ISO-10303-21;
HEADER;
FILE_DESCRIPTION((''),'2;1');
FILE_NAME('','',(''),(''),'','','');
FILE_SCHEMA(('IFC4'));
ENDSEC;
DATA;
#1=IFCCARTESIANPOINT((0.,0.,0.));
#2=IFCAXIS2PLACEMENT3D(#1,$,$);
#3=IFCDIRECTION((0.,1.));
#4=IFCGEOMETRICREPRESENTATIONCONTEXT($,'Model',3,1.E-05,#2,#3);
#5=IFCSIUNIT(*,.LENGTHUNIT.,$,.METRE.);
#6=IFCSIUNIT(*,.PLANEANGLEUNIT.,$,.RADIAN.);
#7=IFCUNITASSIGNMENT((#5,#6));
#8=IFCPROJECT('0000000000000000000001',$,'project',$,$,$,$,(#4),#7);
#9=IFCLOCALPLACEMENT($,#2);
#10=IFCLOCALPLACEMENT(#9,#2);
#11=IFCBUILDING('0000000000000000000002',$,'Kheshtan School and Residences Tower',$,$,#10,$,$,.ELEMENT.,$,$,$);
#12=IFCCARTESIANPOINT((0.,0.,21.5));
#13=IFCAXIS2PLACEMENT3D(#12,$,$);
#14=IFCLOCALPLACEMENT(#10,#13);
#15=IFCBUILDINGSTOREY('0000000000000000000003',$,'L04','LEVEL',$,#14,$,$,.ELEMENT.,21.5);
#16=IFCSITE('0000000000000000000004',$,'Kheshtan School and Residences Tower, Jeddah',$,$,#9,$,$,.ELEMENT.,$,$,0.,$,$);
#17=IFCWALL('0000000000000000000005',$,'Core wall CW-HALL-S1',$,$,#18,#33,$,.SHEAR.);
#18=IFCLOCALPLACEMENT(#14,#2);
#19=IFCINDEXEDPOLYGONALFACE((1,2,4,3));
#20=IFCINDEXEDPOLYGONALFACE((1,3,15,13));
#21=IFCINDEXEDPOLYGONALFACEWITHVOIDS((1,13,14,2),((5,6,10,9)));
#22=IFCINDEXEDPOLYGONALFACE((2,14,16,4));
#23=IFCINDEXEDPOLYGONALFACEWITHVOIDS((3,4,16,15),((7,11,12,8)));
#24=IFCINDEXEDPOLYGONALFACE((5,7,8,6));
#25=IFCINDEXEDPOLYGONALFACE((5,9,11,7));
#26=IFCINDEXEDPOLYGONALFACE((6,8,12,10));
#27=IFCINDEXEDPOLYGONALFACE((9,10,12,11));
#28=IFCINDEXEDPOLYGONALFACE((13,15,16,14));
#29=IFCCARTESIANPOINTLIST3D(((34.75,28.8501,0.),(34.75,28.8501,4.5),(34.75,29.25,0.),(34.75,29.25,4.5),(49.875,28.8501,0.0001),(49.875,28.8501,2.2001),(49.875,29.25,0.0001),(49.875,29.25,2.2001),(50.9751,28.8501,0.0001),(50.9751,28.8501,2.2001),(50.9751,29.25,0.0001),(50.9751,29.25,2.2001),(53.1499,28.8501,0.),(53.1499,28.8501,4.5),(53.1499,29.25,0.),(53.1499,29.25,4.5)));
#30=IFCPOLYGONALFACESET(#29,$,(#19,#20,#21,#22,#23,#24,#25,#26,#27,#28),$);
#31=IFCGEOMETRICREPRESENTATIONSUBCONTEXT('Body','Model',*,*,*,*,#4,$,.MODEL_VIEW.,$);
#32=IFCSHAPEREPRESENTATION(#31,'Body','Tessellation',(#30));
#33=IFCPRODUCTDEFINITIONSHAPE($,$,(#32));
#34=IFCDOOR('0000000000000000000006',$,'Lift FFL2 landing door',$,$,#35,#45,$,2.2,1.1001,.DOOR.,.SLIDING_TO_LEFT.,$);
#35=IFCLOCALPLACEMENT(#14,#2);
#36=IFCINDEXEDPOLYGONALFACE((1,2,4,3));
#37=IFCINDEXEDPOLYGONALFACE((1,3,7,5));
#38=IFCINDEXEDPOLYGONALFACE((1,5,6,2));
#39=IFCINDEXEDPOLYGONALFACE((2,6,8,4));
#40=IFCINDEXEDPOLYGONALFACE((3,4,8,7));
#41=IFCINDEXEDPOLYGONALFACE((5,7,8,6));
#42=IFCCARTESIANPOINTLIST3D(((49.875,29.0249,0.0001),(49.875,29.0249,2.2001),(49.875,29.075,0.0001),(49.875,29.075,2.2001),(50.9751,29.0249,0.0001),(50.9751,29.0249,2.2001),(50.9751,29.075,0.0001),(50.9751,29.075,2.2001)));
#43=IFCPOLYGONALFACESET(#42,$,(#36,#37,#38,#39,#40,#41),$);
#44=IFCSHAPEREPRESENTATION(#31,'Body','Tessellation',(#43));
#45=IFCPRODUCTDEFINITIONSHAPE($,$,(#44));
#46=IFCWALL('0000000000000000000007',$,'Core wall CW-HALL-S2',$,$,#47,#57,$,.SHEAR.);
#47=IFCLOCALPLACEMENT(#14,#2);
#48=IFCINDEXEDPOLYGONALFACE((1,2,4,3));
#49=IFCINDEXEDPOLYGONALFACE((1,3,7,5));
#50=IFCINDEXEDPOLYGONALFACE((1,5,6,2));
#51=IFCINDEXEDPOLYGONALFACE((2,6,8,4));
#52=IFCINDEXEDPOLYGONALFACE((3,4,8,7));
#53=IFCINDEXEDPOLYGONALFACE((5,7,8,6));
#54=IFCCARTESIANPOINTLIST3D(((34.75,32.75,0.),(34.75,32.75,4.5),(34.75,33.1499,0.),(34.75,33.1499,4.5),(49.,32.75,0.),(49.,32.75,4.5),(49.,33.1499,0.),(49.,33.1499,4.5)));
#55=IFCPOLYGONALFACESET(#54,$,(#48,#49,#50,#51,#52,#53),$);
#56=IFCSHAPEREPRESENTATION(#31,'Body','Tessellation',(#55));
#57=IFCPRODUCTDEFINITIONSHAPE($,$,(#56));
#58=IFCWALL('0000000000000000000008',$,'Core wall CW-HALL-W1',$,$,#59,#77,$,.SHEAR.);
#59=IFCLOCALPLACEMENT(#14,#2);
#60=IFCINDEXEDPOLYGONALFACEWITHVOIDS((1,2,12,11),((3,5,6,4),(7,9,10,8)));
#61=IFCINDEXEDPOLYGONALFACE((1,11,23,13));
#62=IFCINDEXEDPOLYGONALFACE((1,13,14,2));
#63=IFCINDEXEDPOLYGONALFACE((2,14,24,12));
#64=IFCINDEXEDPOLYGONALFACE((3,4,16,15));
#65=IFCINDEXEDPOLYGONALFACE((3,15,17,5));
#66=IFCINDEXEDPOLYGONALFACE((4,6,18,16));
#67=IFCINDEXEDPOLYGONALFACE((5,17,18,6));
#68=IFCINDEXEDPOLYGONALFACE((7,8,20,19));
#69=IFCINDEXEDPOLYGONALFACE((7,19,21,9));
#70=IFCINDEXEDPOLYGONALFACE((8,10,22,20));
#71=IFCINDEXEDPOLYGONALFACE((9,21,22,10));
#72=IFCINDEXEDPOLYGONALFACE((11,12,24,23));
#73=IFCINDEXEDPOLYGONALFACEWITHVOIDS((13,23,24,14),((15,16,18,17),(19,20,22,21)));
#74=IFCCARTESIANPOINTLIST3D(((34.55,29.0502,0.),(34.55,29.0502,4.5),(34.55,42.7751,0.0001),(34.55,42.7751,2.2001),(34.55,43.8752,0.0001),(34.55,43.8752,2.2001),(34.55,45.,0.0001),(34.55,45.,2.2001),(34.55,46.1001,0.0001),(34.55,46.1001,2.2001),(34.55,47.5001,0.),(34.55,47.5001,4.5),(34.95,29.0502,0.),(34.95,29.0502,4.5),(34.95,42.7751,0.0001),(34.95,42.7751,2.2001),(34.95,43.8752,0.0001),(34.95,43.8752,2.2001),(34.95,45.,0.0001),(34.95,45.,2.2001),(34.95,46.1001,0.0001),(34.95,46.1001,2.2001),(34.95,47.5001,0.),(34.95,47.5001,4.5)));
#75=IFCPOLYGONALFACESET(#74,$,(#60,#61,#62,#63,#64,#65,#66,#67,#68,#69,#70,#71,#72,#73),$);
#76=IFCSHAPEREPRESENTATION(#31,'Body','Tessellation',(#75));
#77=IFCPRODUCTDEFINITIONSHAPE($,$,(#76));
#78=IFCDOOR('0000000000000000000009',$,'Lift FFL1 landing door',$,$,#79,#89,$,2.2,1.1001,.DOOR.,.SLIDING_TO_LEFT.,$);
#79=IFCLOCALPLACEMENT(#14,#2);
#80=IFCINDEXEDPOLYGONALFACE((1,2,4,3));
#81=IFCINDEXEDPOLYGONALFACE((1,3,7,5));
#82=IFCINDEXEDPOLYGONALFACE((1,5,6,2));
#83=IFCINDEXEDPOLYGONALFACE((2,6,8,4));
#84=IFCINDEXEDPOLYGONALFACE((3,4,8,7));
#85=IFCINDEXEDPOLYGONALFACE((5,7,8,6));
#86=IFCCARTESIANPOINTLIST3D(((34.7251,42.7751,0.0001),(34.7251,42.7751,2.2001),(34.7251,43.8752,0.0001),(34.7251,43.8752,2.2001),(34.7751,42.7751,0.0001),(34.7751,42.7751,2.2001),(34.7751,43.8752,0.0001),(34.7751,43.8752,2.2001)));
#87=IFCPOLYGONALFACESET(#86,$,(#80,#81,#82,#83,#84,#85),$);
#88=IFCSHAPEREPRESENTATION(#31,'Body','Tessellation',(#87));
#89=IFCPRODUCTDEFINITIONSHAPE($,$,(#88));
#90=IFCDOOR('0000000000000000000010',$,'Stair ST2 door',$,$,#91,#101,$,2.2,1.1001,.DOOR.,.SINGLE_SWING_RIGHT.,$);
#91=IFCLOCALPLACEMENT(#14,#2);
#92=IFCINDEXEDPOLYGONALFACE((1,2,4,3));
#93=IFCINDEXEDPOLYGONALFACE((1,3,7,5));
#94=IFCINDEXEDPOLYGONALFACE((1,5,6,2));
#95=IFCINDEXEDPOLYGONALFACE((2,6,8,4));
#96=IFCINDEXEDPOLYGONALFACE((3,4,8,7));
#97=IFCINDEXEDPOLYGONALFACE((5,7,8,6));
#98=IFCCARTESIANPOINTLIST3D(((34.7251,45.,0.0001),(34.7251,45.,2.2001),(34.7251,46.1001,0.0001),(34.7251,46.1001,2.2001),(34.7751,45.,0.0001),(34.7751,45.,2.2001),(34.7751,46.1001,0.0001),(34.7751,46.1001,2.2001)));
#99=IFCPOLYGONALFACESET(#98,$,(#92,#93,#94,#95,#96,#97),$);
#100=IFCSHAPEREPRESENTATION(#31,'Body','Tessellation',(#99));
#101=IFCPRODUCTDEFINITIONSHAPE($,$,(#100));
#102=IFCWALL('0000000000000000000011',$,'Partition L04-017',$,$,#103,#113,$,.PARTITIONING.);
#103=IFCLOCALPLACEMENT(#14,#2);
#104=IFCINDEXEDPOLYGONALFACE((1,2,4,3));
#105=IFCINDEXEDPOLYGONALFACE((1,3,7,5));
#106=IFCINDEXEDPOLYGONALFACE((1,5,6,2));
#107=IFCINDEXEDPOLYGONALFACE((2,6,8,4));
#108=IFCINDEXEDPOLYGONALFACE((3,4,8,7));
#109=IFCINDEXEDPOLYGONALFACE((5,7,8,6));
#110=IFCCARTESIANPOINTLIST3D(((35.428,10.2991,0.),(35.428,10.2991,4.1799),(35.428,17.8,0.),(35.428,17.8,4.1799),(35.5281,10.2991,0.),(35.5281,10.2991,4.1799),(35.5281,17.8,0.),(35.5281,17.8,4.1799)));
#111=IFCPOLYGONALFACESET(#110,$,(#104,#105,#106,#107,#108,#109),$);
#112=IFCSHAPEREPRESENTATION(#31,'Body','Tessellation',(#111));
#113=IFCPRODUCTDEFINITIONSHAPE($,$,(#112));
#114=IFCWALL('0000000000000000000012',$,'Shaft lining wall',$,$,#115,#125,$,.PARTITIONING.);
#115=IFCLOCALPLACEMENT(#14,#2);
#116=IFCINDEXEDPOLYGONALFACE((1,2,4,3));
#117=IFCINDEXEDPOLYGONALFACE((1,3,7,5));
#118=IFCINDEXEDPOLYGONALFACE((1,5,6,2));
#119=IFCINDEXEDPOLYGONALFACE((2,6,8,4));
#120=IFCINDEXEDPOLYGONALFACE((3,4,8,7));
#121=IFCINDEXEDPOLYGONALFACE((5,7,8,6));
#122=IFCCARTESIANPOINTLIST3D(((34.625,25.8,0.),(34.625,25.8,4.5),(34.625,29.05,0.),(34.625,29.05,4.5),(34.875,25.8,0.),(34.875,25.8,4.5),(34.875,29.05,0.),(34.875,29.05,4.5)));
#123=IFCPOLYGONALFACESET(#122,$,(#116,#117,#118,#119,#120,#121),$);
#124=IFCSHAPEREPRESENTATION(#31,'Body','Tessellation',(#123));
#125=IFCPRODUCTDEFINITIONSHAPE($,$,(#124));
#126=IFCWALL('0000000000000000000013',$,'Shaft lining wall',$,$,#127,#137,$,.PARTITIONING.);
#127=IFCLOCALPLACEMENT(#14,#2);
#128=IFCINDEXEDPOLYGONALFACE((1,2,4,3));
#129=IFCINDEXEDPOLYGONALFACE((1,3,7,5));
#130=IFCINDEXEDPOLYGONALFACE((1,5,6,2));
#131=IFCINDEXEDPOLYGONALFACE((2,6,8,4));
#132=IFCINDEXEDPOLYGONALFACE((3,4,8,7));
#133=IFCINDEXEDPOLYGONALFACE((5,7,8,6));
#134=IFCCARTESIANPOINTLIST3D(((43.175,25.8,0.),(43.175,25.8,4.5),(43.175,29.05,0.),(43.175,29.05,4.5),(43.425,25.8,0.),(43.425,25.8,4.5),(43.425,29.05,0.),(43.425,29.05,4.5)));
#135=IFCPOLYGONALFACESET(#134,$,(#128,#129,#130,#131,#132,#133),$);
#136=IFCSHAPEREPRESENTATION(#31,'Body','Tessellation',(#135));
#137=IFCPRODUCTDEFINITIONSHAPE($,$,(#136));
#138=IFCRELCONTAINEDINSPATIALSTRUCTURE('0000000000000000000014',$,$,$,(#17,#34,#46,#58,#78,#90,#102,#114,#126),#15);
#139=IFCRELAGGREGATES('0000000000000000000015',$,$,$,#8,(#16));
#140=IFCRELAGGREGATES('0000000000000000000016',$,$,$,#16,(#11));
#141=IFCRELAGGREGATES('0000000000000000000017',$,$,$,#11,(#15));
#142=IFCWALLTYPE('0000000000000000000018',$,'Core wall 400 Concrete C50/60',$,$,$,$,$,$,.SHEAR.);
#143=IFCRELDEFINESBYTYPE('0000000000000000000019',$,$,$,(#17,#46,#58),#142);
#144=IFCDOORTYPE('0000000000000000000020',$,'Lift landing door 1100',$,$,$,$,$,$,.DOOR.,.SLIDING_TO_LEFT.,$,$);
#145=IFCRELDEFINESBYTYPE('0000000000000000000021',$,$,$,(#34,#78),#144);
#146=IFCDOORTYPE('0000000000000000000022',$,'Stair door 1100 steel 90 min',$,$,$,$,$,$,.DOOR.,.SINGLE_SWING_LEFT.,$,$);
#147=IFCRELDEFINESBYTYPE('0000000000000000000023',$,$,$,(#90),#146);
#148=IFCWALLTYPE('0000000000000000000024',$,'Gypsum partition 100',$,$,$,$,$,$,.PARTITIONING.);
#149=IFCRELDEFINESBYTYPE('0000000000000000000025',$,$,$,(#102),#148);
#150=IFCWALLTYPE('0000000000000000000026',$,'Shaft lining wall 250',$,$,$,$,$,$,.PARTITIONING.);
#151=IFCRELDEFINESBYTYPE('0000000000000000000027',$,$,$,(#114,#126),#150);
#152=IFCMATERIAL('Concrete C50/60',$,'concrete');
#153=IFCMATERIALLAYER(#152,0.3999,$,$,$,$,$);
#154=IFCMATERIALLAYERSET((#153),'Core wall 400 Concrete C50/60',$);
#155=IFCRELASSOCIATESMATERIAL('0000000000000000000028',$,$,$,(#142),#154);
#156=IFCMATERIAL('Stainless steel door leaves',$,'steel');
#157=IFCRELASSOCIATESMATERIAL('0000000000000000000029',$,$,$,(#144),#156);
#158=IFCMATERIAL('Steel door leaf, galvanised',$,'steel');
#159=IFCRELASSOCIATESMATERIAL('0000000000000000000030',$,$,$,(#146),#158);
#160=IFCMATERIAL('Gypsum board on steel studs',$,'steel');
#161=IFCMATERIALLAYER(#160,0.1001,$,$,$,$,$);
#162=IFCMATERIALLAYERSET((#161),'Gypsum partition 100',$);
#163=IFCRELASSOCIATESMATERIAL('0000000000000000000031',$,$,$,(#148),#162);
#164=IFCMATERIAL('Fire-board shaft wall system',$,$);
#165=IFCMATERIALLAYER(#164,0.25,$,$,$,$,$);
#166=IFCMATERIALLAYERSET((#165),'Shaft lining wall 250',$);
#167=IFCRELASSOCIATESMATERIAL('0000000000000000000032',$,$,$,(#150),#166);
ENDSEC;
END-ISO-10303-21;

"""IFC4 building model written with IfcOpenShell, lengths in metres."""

from ifc_helpers import new_model, si_unit, direction, frame, frame_2d, origin, place, context, subcontext, project, spatial, rectangle, extrude, source, transform, mapped, material, layer, layer_set, type_object, element, fill, save


model = new_model("IFC4")

# Units and contexts
model_context = context("Model", 3, precision=1e-05, world=origin(), true_north=direction((0.0, 1.0)))
body_context = subcontext(model_context, "Body", "Model", "MODEL_VIEW")
ifc_project = project(units=[si_unit("LENGTHUNIT", "METRE"), si_unit("PLANEANGLEUNIT", "RADIAN")], contexts=[model_context])

# Site, building, storey
site_placement = place(None, origin())
site = spatial("IfcSite", under=ifc_project, at=site_placement, Name="Kheshtan School and Residences Tower, Jeddah", CompositionType="ELEMENT", RefElevation=0.0)
building_placement = place(site_placement, origin())
building = spatial("IfcBuilding", under=site, at=building_placement, Name="Kheshtan School and Residences Tower", CompositionType="ELEMENT")
storey_placement = place(building_placement, frame((0.0, 0.0, 21.5)))
storey = spatial("IfcBuildingStorey", under=building, at=storey_placement, Name="L04", Description="LEVEL", CompositionType="ELEMENT", Elevation=21.5)

# Wall, opening, door
ifc_material_1 = material(Name="Concrete C50/60", Category="concrete")
ifc_layer_1 = layer(ifc_material_1, 0.3999)
ifc_layer_set_1 = layer_set([ifc_layer_1], Name="Core wall 400 Concrete C50/60")
wall_type_1 = type_object("IfcWallType", Name="Core wall 400 Concrete C50/60", PredefinedType="SHEAR", material=ifc_layer_set_1)
wall_1_placement = place(storey_placement, frame((34.75, 29.05, 0.0), z_axis=(0.0, 0.0, 1.0), x_axis=(1.0, 0.0, 0.0)))
wall_1 = element("IfcWall", 1, at=wall_1_placement, inside=storey, type_object=wall_type_1, Name="Core wall CW-HALL-S1", PredefinedType="SHEAR", context=body_context, shape_type="SweptSolid", body=[
    extrude(rectangle(XDim=18.3999, YDim=0.3999, at=frame_2d((9.2, 0.0))), origin(), (0.0, 0.0, 1.0), 4.5),
])
opening_1_placement = place(wall_1_placement, frame((15.125, 0.0, 0.0)))
opening_1 = element("IfcOpeningElement", 2, at=opening_1_placement, cuts=wall_1, PredefinedType="OPENING", context=body_context, shape_type="SweptSolid", body=[
    extrude(rectangle(XDim=1.1001, YDim=2.2, at=frame_2d((0.55, 1.1001))), frame((0.0, 0.21, 0.0), z_axis=(0.0, -1.0, 0.0), x_axis=(1.0, 0.0, 0.0)), (0.0, 0.0, 1.0), 0.4199),
])
ifc_material_2 = material(Name="Stainless steel door leaves", Category="steel")
door_type_1 = type_object("IfcDoorType", Name="Lift landing door 1100", OperationType="SLIDING_TO_LEFT", PredefinedType="DOOR", material=ifc_material_2)
shared_shape_1 = source(origin(), body_context, "Body", "SweptSolid", [
    extrude(rectangle(XDim=1.1001, YDim=2.2, at=frame_2d((0.55, 1.1001))), frame((0.0, 0.0249, 0.0), z_axis=(0.0, -1.0, 0.0), x_axis=(1.0, 0.0, 0.0)), (0.0, 0.0, 1.0), 0.05),
])
door_1_placement = place(opening_1_placement, origin())
door_1 = element("IfcDoor", 3, at=door_1_placement, inside=storey, type_object=door_type_1, Name="Lift FFL2 landing door", OperationType="SLIDING_TO_LEFT", OverallHeight=2.2, OverallWidth=1.1001, PredefinedType="DOOR", context=body_context, shape_type="MappedRepresentation", body=[
    mapped(shared_shape_1, transform((0.0, 0.0, 0.0), x_axis=(1.0, 0.0, 0.0), y_axis=(0.0, 1.0, 0.0), z_axis=(0.0, 0.0, 1.0), scale=1.0)),
])
fill(opening_1, door_1)

# Wall
wall_2_placement = place(storey_placement, frame((34.75, 32.95, 0.0), z_axis=(0.0, 0.0, 1.0), x_axis=(1.0, 0.0, 0.0)))
element("IfcWall", 4, at=wall_2_placement, inside=storey, type_object=wall_type_1, Name="Core wall CW-HALL-S2", PredefinedType="SHEAR", context=body_context, shape_type="SweptSolid", body=[
    extrude(rectangle(XDim=14.25, YDim=0.3999, at=frame_2d((7.125, 0.0))), origin(), (0.0, 0.0, 1.0), 4.5),
])

# Wall, openings, doors
wall_3_placement = place(storey_placement, frame((34.75, 29.05, 0.0), z_axis=(0.0, 0.0, 1.0), x_axis=(0.0, 1.0, 0.0)))
wall_3 = element("IfcWall", 5, at=wall_3_placement, inside=storey, type_object=wall_type_1, Name="Core wall CW-HALL-W1", PredefinedType="SHEAR", context=body_context, shape_type="SweptSolid", body=[
    extrude(rectangle(XDim=18.45, YDim=0.3999, at=frame_2d((9.2251, 0.0))), origin(), (0.0, 0.0, 1.0), 4.5),
])
opening_2_placement = place(wall_3_placement, frame((13.7251, 0.0, 0.0)))
opening_2 = element("IfcOpeningElement", 6, at=opening_2_placement, cuts=wall_3, PredefinedType="OPENING", context=body_context, shape_type="SweptSolid", body=[
    extrude(rectangle(XDim=1.1001, YDim=2.2, at=frame_2d((0.55, 1.1001))), frame((0.0, 0.21, 0.0), z_axis=(0.0, -1.0, 0.0), x_axis=(1.0, 0.0, 0.0)), (0.0, 0.0, 1.0), 0.4199),
])
opening_3_placement = place(wall_3_placement, frame((15.95, 0.0, 0.0)))
opening_3 = element("IfcOpeningElement", 7, at=opening_3_placement, cuts=wall_3, PredefinedType="OPENING", context=body_context, shape_type="SweptSolid", body=[
    extrude(rectangle(XDim=1.1001, YDim=2.2, at=frame_2d((0.55, 1.1001))), frame((0.0, 0.21, 0.0), z_axis=(0.0, -1.0, 0.0), x_axis=(1.0, 0.0, 0.0)), (0.0, 0.0, 1.0), 0.4199),
])
door_2_placement = place(opening_2_placement, origin())
door_2 = element("IfcDoor", 8, at=door_2_placement, inside=storey, type_object=door_type_1, Name="Lift FFL1 landing door", OperationType="SLIDING_TO_LEFT", OverallHeight=2.2, OverallWidth=1.1001, PredefinedType="DOOR", context=body_context, shape_type="MappedRepresentation", body=[
    mapped(shared_shape_1, transform((0.0, 0.0, 0.0), x_axis=(1.0, 0.0, 0.0), y_axis=(0.0, 1.0, 0.0), z_axis=(0.0, 0.0, 1.0), scale=1.0)),
])
fill(opening_2, door_2)
ifc_material_3 = material(Name="Steel door leaf, galvanised", Category="steel")
door_type_2 = type_object("IfcDoorType", Name="Stair door 1100 steel 90 min", OperationType="SINGLE_SWING_LEFT", PredefinedType="DOOR", material=ifc_material_3)
shared_shape_2 = source(origin(), body_context, "Body", "SweptSolid", [
    extrude(rectangle(XDim=1.1001, YDim=2.2, at=frame_2d((0.55, 1.1001))), frame((0.0, 0.0249, 0.0), z_axis=(0.0, -1.0, 0.0), x_axis=(1.0, 0.0, 0.0)), (0.0, 0.0, 1.0), 0.05),
])
door_3_placement = place(opening_3_placement, origin())
door_3 = element("IfcDoor", 9, at=door_3_placement, inside=storey, type_object=door_type_2, Name="Stair ST2 door", OperationType="SINGLE_SWING_RIGHT", OverallHeight=2.2, OverallWidth=1.1001, PredefinedType="DOOR", context=body_context, shape_type="MappedRepresentation", body=[
    mapped(shared_shape_2, transform((0.0, 0.0, 0.0), x_axis=(1.0, 0.0, 0.0), y_axis=(0.0, 1.0, 0.0), z_axis=(0.0, 0.0, 1.0), scale=1.0)),
])
fill(opening_3, door_3)

# Walls
ifc_material_4 = material(Name="Gypsum board on steel studs", Category="steel")
ifc_layer_2 = layer(ifc_material_4, 0.1001)
ifc_layer_set_2 = layer_set([ifc_layer_2], Name="Gypsum partition 100")
wall_type_2 = type_object("IfcWallType", Name="Gypsum partition 100", PredefinedType="PARTITIONING", material=ifc_layer_set_2)
wall_4_placement = place(storey_placement, frame((35.478, 10.2991, 0.0), z_axis=(0.0, 0.0, 1.0), x_axis=(0.0, 1.0, 0.0)))
element("IfcWall", 10, at=wall_4_placement, inside=storey, type_object=wall_type_2, Name="Partition L04-017", PredefinedType="PARTITIONING", context=body_context, shape_type="SweptSolid", body=[
    extrude(rectangle(XDim=7.501, YDim=0.1001, at=frame_2d((3.7505, 0.0))), origin(), (0.0, 0.0, 1.0), 4.1799),
])
ifc_material_5 = material(Name="Fire-board shaft wall system")
ifc_layer_3 = layer(ifc_material_5, 0.25)
ifc_layer_set_3 = layer_set([ifc_layer_3], Name="Shaft lining wall 250")
wall_type_3 = type_object("IfcWallType", Name="Shaft lining wall 250", PredefinedType="PARTITIONING", material=ifc_layer_set_3)
for number, where, z_axis, x_axis, name in (
    (11, (34.75, 25.8, 0.0), (0.0, 0.0, 1.0), (0.0, 1.0, 0.0), "Shaft lining wall"),
    (12, (43.3, 25.8, 0.0), (0.0, 0.0, 1.0), (0.0, 1.0, 0.0), "Shaft lining wall"),
):
    element("IfcWall", number, at=place(storey_placement, frame(where, z_axis=z_axis, x_axis=x_axis)), inside=storey, type_object=wall_type_3, Name=name, PredefinedType="PARTITIONING", context=body_context, shape_type="SweptSolid", body=[
        extrude(rectangle(XDim=3.25, YDim=0.25, at=frame_2d((1.625, 0.0))), origin(), (0.0, 0.0, 1.0), 4.5),
    ])

save(model, "model.ifc")
